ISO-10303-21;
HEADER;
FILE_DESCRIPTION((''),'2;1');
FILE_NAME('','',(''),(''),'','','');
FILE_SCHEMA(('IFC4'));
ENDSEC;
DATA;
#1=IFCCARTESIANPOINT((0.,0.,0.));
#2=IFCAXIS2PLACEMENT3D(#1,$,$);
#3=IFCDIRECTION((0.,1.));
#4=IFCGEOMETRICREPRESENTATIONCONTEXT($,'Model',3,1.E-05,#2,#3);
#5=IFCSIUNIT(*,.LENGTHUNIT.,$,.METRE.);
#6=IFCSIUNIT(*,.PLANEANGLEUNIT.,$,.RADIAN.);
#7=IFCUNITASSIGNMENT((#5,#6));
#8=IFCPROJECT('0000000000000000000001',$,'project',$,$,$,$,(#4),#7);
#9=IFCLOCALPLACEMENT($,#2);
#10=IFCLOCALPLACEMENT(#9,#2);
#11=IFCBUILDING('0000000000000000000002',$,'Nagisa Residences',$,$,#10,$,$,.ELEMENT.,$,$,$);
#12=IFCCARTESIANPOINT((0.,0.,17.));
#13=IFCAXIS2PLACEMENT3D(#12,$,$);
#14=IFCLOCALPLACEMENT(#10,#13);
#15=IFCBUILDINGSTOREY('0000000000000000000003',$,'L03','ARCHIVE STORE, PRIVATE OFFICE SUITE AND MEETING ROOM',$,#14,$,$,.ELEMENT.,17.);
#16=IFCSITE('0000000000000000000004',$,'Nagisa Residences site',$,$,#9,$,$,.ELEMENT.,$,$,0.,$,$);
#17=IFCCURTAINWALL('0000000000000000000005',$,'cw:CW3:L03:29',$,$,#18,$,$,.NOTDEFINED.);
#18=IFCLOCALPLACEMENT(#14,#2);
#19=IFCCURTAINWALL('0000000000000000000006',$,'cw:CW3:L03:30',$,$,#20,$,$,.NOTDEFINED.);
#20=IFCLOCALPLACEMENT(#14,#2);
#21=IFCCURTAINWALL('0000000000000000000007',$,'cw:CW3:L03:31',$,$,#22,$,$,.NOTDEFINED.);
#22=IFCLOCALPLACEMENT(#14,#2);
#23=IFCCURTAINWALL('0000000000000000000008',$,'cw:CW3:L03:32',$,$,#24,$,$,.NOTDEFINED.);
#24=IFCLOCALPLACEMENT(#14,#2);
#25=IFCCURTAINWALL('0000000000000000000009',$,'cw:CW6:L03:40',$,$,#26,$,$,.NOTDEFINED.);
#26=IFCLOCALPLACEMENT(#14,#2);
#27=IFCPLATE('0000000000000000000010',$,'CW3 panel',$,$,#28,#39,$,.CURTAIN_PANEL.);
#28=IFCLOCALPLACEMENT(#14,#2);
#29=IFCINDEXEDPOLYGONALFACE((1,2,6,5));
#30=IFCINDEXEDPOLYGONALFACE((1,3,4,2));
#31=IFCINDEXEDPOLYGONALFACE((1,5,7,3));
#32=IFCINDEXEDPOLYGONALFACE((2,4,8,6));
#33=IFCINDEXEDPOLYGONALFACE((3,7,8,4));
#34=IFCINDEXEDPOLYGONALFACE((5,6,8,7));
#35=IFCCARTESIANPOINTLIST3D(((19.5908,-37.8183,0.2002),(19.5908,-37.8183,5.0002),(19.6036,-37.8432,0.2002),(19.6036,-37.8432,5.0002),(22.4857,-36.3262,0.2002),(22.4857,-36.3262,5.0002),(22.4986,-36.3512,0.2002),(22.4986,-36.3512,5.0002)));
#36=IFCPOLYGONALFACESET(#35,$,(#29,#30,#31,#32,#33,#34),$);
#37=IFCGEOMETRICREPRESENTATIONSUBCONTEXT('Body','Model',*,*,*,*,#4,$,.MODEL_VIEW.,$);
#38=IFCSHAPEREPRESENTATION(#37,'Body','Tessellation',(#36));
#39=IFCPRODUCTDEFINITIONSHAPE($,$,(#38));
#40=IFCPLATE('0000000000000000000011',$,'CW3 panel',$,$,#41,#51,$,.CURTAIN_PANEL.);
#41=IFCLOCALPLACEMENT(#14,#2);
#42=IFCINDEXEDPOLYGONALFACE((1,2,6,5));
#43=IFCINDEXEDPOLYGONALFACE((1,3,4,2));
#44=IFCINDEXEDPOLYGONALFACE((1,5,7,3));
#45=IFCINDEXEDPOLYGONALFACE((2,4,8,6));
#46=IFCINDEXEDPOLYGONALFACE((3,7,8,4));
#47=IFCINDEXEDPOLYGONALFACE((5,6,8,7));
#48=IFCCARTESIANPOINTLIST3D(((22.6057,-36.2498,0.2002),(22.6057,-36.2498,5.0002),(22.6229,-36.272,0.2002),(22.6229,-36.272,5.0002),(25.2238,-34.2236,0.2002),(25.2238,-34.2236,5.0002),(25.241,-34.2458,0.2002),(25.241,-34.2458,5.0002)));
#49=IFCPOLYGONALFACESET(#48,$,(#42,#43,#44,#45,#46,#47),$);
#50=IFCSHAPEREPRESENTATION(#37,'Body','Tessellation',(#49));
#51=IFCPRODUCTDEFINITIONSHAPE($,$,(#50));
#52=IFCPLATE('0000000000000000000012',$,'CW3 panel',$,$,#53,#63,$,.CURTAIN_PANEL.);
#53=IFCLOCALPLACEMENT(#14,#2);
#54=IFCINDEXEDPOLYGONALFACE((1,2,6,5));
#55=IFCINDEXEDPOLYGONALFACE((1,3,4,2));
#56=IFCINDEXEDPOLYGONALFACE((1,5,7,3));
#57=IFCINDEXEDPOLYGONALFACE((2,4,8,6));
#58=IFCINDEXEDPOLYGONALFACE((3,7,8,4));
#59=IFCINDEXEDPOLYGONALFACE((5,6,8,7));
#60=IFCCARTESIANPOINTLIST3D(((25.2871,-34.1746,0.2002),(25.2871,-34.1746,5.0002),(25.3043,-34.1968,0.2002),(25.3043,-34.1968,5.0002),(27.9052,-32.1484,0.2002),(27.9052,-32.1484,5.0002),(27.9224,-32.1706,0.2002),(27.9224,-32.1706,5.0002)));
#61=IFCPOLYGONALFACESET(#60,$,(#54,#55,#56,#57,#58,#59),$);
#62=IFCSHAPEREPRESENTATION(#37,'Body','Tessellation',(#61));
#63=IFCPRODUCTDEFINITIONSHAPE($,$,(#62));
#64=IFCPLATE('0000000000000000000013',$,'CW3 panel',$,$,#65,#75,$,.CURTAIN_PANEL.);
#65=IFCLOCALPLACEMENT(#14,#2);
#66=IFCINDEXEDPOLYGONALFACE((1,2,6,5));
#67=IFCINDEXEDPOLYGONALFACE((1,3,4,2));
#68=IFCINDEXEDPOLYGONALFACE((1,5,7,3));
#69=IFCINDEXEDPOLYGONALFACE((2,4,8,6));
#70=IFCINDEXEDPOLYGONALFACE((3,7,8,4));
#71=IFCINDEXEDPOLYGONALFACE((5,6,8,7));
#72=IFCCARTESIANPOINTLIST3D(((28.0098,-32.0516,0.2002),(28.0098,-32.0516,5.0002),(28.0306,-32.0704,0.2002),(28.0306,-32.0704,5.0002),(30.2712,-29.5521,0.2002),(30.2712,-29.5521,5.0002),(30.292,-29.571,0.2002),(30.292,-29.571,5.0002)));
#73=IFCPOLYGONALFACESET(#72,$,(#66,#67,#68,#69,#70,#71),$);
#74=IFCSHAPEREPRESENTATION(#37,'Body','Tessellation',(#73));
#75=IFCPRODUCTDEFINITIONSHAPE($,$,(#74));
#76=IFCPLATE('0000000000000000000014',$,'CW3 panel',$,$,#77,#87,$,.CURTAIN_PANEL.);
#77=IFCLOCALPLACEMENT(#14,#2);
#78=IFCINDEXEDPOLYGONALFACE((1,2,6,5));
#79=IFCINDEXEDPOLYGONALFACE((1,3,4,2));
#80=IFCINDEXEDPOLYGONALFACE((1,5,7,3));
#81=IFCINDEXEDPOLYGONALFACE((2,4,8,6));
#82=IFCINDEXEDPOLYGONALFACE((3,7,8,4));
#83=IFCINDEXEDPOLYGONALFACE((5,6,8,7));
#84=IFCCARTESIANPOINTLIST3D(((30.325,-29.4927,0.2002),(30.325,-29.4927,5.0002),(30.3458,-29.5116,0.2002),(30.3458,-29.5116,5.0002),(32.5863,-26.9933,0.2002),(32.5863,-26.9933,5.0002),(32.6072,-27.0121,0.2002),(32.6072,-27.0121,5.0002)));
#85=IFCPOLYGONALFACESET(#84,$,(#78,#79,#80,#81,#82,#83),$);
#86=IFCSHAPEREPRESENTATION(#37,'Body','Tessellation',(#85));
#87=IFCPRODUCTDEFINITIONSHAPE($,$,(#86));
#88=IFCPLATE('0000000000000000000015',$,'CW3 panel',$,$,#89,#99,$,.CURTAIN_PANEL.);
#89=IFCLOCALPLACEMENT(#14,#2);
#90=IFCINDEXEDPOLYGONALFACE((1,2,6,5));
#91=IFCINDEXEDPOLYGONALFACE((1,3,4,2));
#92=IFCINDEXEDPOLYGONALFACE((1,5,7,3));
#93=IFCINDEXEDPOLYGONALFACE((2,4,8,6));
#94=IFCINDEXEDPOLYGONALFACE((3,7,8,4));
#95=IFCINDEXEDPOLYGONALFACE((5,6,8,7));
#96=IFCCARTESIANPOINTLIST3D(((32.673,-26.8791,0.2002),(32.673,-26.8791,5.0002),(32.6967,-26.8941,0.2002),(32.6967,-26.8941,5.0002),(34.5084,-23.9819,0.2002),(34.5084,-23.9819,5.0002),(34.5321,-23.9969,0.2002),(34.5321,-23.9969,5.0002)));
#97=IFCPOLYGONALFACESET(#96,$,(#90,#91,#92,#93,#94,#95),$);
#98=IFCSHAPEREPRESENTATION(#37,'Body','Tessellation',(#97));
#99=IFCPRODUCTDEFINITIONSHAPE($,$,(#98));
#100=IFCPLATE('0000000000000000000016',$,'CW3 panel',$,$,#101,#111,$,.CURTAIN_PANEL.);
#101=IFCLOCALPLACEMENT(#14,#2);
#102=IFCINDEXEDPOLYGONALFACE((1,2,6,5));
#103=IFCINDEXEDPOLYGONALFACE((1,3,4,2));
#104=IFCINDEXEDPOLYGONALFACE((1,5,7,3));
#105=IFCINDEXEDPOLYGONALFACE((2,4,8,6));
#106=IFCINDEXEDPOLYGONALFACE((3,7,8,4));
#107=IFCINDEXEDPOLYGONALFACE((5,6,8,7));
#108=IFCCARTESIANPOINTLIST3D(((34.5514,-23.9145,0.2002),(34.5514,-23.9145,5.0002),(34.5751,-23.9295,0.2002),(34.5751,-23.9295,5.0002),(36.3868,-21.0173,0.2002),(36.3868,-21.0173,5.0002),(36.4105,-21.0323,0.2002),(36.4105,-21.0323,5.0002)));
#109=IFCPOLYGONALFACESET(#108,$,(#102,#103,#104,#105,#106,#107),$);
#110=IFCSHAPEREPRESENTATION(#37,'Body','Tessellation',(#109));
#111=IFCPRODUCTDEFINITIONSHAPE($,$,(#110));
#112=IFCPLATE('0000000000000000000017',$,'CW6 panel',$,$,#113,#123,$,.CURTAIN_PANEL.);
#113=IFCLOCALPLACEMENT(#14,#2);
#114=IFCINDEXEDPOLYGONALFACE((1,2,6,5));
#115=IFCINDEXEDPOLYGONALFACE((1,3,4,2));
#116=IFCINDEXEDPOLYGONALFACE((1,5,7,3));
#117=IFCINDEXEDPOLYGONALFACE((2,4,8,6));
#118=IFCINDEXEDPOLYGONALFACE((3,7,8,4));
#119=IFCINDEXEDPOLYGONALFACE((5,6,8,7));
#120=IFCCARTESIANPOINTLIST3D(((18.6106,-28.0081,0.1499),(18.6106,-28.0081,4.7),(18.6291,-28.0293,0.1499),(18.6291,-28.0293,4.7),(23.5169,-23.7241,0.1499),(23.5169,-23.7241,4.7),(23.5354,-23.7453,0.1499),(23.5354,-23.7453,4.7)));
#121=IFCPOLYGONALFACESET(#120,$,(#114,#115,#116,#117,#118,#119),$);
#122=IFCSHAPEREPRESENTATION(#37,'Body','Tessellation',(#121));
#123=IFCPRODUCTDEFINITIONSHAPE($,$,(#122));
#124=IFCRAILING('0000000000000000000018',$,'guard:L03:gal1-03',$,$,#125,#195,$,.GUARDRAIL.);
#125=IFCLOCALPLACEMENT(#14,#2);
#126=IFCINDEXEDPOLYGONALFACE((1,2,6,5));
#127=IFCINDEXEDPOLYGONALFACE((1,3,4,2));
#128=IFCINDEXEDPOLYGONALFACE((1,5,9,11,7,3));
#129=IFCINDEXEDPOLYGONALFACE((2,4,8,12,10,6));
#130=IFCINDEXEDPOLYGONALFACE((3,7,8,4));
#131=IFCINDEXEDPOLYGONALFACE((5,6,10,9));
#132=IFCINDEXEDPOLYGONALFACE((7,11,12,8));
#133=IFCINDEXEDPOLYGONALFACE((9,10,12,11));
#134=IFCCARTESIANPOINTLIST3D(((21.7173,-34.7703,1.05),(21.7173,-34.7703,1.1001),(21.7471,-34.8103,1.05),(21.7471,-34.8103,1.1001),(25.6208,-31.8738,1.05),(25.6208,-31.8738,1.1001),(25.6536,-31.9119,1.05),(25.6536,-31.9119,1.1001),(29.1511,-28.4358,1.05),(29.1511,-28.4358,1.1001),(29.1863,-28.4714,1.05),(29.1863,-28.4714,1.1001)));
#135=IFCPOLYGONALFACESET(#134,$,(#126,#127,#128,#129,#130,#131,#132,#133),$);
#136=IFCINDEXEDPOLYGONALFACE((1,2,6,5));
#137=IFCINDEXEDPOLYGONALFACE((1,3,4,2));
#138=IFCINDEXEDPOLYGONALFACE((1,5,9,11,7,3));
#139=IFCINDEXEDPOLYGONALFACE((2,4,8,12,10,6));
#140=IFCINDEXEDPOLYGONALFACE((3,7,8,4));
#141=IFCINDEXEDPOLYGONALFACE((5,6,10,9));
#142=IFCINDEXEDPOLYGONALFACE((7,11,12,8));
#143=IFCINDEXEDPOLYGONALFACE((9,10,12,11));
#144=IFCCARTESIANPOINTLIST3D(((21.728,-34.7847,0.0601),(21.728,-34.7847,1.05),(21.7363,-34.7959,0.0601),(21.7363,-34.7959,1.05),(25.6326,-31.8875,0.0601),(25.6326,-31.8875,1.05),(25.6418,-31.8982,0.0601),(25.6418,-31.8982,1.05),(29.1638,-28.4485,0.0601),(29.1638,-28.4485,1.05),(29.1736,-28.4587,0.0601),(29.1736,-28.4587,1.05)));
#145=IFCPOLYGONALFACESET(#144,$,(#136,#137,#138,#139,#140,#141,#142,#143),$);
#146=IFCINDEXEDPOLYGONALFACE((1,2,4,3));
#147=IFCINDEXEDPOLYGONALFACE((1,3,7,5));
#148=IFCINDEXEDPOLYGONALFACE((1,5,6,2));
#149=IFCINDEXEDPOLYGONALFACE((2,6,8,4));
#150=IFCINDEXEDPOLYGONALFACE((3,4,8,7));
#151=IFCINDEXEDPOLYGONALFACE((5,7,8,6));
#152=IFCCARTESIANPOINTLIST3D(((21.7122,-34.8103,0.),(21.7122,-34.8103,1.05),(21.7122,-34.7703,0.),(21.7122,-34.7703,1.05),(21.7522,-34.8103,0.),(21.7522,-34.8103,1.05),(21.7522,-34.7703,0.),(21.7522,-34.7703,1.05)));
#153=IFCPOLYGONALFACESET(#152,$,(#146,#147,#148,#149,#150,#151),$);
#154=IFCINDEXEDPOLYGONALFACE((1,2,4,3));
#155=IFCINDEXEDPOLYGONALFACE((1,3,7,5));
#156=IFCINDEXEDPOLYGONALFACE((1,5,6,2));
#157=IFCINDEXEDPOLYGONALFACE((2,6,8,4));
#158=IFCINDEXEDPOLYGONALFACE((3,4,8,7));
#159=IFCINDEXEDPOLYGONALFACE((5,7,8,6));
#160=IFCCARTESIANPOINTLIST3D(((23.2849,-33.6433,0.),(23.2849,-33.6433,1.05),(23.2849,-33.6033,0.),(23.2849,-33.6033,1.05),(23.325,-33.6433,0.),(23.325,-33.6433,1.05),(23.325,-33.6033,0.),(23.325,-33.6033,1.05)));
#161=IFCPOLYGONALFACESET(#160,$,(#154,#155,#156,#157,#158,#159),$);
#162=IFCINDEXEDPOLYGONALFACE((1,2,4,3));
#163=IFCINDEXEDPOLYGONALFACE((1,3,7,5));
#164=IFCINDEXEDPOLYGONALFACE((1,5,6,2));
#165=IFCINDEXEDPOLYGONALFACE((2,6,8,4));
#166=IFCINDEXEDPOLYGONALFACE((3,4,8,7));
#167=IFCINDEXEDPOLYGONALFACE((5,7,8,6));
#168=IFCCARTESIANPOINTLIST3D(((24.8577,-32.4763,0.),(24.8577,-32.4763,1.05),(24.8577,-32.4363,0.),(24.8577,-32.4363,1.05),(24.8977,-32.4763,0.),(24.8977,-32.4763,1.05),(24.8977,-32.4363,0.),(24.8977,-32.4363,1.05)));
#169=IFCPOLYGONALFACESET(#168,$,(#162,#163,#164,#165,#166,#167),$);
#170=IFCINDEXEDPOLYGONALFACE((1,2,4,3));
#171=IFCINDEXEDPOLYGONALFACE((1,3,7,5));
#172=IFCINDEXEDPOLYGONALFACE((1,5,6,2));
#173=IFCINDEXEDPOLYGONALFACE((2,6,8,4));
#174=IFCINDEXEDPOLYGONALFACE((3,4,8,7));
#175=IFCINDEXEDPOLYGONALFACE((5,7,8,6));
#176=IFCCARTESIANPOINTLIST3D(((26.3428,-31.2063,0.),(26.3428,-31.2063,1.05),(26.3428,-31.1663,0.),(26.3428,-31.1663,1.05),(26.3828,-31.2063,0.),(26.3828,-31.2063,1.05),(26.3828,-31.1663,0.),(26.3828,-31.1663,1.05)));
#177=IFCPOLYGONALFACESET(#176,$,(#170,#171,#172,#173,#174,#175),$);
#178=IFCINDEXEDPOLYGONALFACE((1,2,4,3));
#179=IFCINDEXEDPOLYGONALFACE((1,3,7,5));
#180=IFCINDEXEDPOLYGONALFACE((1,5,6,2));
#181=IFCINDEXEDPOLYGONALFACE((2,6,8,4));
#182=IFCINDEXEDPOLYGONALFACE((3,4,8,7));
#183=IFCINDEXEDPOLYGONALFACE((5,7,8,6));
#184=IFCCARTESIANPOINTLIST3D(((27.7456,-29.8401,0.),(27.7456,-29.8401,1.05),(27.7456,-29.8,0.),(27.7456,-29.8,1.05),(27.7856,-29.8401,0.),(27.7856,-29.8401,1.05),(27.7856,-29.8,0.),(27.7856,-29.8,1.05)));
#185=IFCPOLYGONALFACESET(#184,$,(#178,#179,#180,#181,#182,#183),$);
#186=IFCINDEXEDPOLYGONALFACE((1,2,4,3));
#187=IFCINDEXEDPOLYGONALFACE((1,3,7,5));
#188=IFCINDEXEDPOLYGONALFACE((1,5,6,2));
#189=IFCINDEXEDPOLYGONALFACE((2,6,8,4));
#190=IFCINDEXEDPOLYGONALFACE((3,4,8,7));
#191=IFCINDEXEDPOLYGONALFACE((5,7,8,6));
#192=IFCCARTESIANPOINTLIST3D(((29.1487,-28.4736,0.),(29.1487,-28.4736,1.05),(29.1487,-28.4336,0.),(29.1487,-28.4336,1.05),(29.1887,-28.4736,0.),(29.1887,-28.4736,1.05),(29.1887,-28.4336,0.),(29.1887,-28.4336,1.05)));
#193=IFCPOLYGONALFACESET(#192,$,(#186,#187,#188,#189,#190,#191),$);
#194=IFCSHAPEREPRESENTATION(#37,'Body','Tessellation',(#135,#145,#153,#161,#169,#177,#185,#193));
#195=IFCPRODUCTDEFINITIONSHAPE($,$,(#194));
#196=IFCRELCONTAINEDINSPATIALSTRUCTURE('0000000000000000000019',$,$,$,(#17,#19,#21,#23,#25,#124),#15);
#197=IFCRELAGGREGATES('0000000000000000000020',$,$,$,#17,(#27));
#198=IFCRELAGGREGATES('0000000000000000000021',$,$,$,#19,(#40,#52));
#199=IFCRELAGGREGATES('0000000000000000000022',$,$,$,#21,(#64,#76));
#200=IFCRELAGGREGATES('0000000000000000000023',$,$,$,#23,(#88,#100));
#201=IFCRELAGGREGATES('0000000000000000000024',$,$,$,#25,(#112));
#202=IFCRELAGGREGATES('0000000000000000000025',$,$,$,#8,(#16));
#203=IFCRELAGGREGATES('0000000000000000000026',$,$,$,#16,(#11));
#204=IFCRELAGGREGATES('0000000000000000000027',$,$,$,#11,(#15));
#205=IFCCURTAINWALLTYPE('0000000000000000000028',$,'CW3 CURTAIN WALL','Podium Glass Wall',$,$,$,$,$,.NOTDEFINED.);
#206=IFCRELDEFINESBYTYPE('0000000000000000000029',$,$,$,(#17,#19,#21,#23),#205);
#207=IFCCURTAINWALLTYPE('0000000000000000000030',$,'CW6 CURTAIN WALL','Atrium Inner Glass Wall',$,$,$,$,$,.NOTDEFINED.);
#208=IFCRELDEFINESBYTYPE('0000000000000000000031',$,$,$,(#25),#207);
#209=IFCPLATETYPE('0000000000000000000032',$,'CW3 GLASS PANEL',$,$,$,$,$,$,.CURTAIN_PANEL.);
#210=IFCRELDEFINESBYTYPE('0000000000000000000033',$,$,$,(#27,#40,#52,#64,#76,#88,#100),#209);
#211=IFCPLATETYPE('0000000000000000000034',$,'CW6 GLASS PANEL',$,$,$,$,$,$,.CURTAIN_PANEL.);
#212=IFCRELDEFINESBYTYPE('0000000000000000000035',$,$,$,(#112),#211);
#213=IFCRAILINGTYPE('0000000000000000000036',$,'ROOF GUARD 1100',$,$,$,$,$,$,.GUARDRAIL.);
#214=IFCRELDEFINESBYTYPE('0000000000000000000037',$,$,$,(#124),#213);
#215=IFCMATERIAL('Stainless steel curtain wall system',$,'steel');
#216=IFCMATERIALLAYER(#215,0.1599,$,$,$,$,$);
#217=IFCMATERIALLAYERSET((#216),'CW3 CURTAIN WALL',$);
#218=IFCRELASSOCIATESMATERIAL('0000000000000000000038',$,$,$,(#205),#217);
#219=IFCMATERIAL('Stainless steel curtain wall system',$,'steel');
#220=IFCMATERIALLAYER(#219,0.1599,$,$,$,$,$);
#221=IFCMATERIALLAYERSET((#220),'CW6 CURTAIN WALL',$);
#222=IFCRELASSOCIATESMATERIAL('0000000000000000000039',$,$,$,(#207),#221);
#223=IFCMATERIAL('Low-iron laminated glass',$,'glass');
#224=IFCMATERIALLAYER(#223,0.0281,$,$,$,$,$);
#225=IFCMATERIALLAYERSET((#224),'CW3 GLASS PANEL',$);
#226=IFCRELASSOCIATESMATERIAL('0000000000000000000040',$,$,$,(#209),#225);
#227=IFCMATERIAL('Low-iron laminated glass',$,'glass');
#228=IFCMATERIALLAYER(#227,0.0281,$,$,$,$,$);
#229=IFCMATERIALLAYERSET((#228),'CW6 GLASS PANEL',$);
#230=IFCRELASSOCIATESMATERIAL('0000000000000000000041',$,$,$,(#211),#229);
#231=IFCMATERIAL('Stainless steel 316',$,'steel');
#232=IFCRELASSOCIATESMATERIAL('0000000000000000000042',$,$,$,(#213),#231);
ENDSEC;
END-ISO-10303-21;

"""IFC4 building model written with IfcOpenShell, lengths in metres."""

from ifc_helpers import new_model, si_unit, direction, frame, origin, origin_2d, place, context, subcontext, project, spatial, polyline, rectangle, outline, extrude, material, layer, layer_set, type_object, element, aggregate, save


model = new_model("IFC4")

# Units and contexts
model_context = context("Model", 3, precision=1e-05, world=origin(), true_north=direction((0.0, 1.0)))
body_context = subcontext(model_context, "Body", "Model", "MODEL_VIEW")
ifc_project = project(units=[si_unit("LENGTHUNIT", "METRE"), si_unit("PLANEANGLEUNIT", "RADIAN")], contexts=[model_context])

# Site, building, storey
site_placement = place(None, origin())
site = spatial("IfcSite", under=ifc_project, at=site_placement, Name="Nagisa Residences site", CompositionType="ELEMENT", RefElevation=0.0)
building_placement = place(site_placement, origin())
building = spatial("IfcBuilding", under=site, at=building_placement, Name="Nagisa Residences", CompositionType="ELEMENT")
storey_placement = place(building_placement, frame((0.0, 0.0, 17.0)))
storey = spatial("IfcBuildingStorey", under=building, at=storey_placement, Name="L03", Description="ARCHIVE STORE, PRIVATE OFFICE SUITE AND MEETING ROOM", CompositionType="ELEMENT", Elevation=17.0)

# Curtain walls
ifc_material_1 = material(Name="Stainless steel curtain wall system", Category="steel")
ifc_layer_1 = layer(ifc_material_1, 0.1599)
ifc_layer_set_1 = layer_set([ifc_layer_1], Name="CW3 CURTAIN WALL")
curtain_wall_type_1 = type_object("IfcCurtainWallType", Name="CW3 CURTAIN WALL", Description="Podium Glass Wall", PredefinedType="NOTDEFINED", material=ifc_layer_set_1)
curtain_wall_1_placement = place(storey_placement, origin())
curtain_wall_1 = element("IfcCurtainWall", 1, at=curtain_wall_1_placement, inside=storey, type_object=curtain_wall_type_1, Name="cw:CW3:L03:29", PredefinedType="NOTDEFINED")
curtain_wall_2_placement = place(storey_placement, origin())
curtain_wall_2 = element("IfcCurtainWall", 2, at=curtain_wall_2_placement, inside=storey, type_object=curtain_wall_type_1, Name="cw:CW3:L03:30", PredefinedType="NOTDEFINED")
curtain_wall_3_placement = place(storey_placement, origin())
curtain_wall_3 = element("IfcCurtainWall", 3, at=curtain_wall_3_placement, inside=storey, type_object=curtain_wall_type_1, Name="cw:CW3:L03:31", PredefinedType="NOTDEFINED")
curtain_wall_4_placement = place(storey_placement, origin())
curtain_wall_4 = element("IfcCurtainWall", 4, at=curtain_wall_4_placement, inside=storey, type_object=curtain_wall_type_1, Name="cw:CW3:L03:32", PredefinedType="NOTDEFINED")

# Curtain wall
ifc_material_2 = material(Name="Stainless steel curtain wall system", Category="steel")
ifc_layer_2 = layer(ifc_material_2, 0.1599)
ifc_layer_set_2 = layer_set([ifc_layer_2], Name="CW6 CURTAIN WALL")
curtain_wall_type_2 = type_object("IfcCurtainWallType", Name="CW6 CURTAIN WALL", Description="Atrium Inner Glass Wall", PredefinedType="NOTDEFINED", material=ifc_layer_set_2)
curtain_wall_5_placement = place(storey_placement, origin())
curtain_wall_5 = element("IfcCurtainWall", 5, at=curtain_wall_5_placement, inside=storey, type_object=curtain_wall_type_2, Name="cw:CW6:L03:40", PredefinedType="NOTDEFINED")

# Plates
ifc_material_3 = material(Name="Low-iron laminated glass", Category="glass")
ifc_layer_3 = layer(ifc_material_3, 0.0281)
ifc_layer_set_3 = layer_set([ifc_layer_3], Name="CW3 GLASS PANEL")
plate_type_1 = type_object("IfcPlateType", Name="CW3 GLASS PANEL", PredefinedType="CURTAIN_PANEL", material=ifc_layer_set_3)
plate_1_placement = place(storey_placement, frame((21.0447, -37.0847, 0.2002), z_axis=(0.0, 0.0, 1.0), x_axis=(0.888887, 0.458126, 0.0)))
plate_1 = element("IfcPlate", 6, at=plate_1_placement, type_object=plate_type_1, Name="CW3 panel", PredefinedType="CURTAIN_PANEL", context=body_context, shape_type="SweptSolid", body=[
    extrude(rectangle(XDim=3.2568, YDim=0.0281, at=origin_2d()), origin(), (0.0, 0.0, 1.0), 4.8),
])
aggregate(curtain_wall_1, [plate_1])
plate_2_placement = place(storey_placement, frame((23.9233, -35.2478, 0.2002), z_axis=(0.0, 0.0, 1.0), x_axis=(0.790831, 0.612035, 0.0)))
plate_2 = element("IfcPlate", 7, at=plate_2_placement, type_object=plate_type_1, Name="CW3 panel", PredefinedType="CURTAIN_PANEL", context=body_context, shape_type="SweptSolid", body=[
    extrude(rectangle(XDim=3.3105, YDim=0.0281, at=origin_2d()), origin(), (0.0, 0.0, 1.0), 4.8),
])
plate_3_placement = place(storey_placement, frame((26.6047, -33.1726, 0.2002), z_axis=(0.0, 0.0, 1.0), x_axis=(0.790831, 0.612035, 0.0)))
plate_3 = element("IfcPlate", 8, at=plate_3_placement, type_object=plate_type_1, Name="CW3 panel", PredefinedType="CURTAIN_PANEL", context=body_context, shape_type="SweptSolid", body=[
    extrude(rectangle(XDim=3.3105, YDim=0.0281, at=origin_2d()), origin(), (0.0, 0.0, 1.0), 4.8),
])
aggregate(curtain_wall_2, [plate_2, plate_3])
plate_4_placement = place(storey_placement, frame((29.1509, -30.8113, 0.2002), z_axis=(0.0, 0.0, 1.0), x_axis=(0.670913, 0.741536, 0.0)))
plate_4 = element("IfcPlate", 9, at=plate_4_placement, type_object=plate_type_1, Name="CW3 panel", PredefinedType="CURTAIN_PANEL", context=body_context, shape_type="SweptSolid", body=[
    extrude(rectangle(XDim=3.3706, YDim=0.0281, at=origin_2d()), origin(), (0.0, 0.0, 1.0), 4.8),
])
plate_5_placement = place(storey_placement, frame((31.4661, -28.2524, 0.2002), z_axis=(0.0, 0.0, 1.0), x_axis=(0.670913, 0.741536, 0.0)))
plate_5 = element("IfcPlate", 10, at=plate_5_placement, type_object=plate_type_1, Name="CW3 panel", PredefinedType="CURTAIN_PANEL", context=body_context, shape_type="SweptSolid", body=[
    extrude(rectangle(XDim=3.3706, YDim=0.0281, at=origin_2d()), origin(), (0.0, 0.0, 1.0), 4.8),
])
aggregate(curtain_wall_3, [plate_4, plate_5])
plate_6_placement = place(storey_placement, frame((33.6025, -25.438, 0.2002), z_axis=(0.0, 0.0, 1.0), x_axis=(0.535165, 0.844747, 0.0)))
plate_6 = element("IfcPlate", 11, at=plate_6_placement, type_object=plate_type_1, Name="CW3 panel", PredefinedType="CURTAIN_PANEL", context=body_context, shape_type="SweptSolid", body=[
    extrude(rectangle(XDim=3.4297, YDim=0.0281, at=origin_2d()), origin(), (0.0, 0.0, 1.0), 4.8),
])
plate_7_placement = place(storey_placement, frame((35.481, -22.4734, 0.2002), z_axis=(0.0, 0.0, 1.0), x_axis=(0.535165, 0.844747, 0.0)))
plate_7 = element("IfcPlate", 12, at=plate_7_placement, type_object=plate_type_1, Name="CW3 panel", PredefinedType="CURTAIN_PANEL", context=body_context, shape_type="SweptSolid", body=[
    extrude(rectangle(XDim=3.4297, YDim=0.0281, at=origin_2d()), origin(), (0.0, 0.0, 1.0), 4.8),
])
aggregate(curtain_wall_4, [plate_6, plate_7])
ifc_material_4 = material(Name="Low-iron laminated glass", Category="glass")
ifc_layer_4 = layer(ifc_material_4, 0.0281)
ifc_layer_set_4 = layer_set([ifc_layer_4], Name="CW6 GLASS PANEL")
plate_type_2 = type_object("IfcPlateType", Name="CW6 GLASS PANEL", PredefinedType="CURTAIN_PANEL", material=ifc_layer_set_4)
plate_8_placement = place(storey_placement, frame((21.073, -25.8767, 0.1499), z_axis=(0.0, 0.0, 1.0), x_axis=(0.753261, 0.657721, 0.0)))
plate_8 = element("IfcPlate", 13, at=plate_8_placement, type_object=plate_type_2, Name="CW6 panel", PredefinedType="CURTAIN_PANEL", context=body_context, shape_type="SweptSolid", body=[
    extrude(rectangle(XDim=6.5134, YDim=0.0281, at=origin_2d()), origin(), (0.0, 0.0, 1.0), 4.55),
])
aggregate(curtain_wall_5, [plate_8])

# Railing
ifc_material_5 = material(Name="Stainless steel 316", Category="steel")
railing_type = type_object("IfcRailingType", Name="ROOF GUARD 1100", PredefinedType="GUARDRAIL", material=ifc_material_5)
railing_1_placement = place(storey_placement, frame((21.7322, -34.7903, 0.0)))
element("IfcRailing", 14, at=railing_1_placement, inside=storey, type_object=railing_type, Name="guard:L03:gal1-03", PredefinedType="GUARDRAIL", context=body_context, shape_type="SweptSolid", body=[
    extrude(outline(polyline([(3.8887, 2.9165), (-0.0149, 0.02), (0.0149, -0.02), (3.9214, 2.8784), (7.4541, 6.3188), (7.4189, 6.3545), (3.8887, 2.9165)])), frame((0.0, 0.0, 1.05)), (0.0, 0.0, 1.0), 0.05),
    extrude(outline(polyline([(3.9004, 2.9028), (-0.0042, 0.0056), (0.0042, -0.0056), (3.9097, 2.8921), (7.4414, 6.3315), (7.4316, 6.3418), (3.9004, 2.9028)])), frame((0.0, 0.0, 0.0601)), (0.0, 0.0, 1.0), 0.99),
    extrude(rectangle(XDim=0.04, YDim=0.04, at=origin_2d()), origin(), (0.0, 0.0, 1.0), 1.05),
    extrude(rectangle(XDim=0.04, YDim=0.04, at=origin_2d()), frame((1.5728, 1.167, 0.0)), (0.0, 0.0, 1.0), 1.05),
    extrude(rectangle(XDim=0.04, YDim=0.04, at=origin_2d()), frame((3.1455, 2.334, 0.0)), (0.0, 0.0, 1.0), 1.05),
    extrude(rectangle(XDim=0.04, YDim=0.04, at=origin_2d()), frame((4.6306, 3.604, 0.0)), (0.0, 0.0, 1.0), 1.05),
    extrude(rectangle(XDim=0.04, YDim=0.04, at=origin_2d()), frame((6.0334, 4.9702, 0.0)), (0.0, 0.0, 1.0), 1.05),
    extrude(rectangle(XDim=0.04, YDim=0.04, at=origin_2d()), frame((7.4365, 6.3367, 0.0)), (0.0, 0.0, 1.0), 1.05),
])

save(model, "model.ifc")
